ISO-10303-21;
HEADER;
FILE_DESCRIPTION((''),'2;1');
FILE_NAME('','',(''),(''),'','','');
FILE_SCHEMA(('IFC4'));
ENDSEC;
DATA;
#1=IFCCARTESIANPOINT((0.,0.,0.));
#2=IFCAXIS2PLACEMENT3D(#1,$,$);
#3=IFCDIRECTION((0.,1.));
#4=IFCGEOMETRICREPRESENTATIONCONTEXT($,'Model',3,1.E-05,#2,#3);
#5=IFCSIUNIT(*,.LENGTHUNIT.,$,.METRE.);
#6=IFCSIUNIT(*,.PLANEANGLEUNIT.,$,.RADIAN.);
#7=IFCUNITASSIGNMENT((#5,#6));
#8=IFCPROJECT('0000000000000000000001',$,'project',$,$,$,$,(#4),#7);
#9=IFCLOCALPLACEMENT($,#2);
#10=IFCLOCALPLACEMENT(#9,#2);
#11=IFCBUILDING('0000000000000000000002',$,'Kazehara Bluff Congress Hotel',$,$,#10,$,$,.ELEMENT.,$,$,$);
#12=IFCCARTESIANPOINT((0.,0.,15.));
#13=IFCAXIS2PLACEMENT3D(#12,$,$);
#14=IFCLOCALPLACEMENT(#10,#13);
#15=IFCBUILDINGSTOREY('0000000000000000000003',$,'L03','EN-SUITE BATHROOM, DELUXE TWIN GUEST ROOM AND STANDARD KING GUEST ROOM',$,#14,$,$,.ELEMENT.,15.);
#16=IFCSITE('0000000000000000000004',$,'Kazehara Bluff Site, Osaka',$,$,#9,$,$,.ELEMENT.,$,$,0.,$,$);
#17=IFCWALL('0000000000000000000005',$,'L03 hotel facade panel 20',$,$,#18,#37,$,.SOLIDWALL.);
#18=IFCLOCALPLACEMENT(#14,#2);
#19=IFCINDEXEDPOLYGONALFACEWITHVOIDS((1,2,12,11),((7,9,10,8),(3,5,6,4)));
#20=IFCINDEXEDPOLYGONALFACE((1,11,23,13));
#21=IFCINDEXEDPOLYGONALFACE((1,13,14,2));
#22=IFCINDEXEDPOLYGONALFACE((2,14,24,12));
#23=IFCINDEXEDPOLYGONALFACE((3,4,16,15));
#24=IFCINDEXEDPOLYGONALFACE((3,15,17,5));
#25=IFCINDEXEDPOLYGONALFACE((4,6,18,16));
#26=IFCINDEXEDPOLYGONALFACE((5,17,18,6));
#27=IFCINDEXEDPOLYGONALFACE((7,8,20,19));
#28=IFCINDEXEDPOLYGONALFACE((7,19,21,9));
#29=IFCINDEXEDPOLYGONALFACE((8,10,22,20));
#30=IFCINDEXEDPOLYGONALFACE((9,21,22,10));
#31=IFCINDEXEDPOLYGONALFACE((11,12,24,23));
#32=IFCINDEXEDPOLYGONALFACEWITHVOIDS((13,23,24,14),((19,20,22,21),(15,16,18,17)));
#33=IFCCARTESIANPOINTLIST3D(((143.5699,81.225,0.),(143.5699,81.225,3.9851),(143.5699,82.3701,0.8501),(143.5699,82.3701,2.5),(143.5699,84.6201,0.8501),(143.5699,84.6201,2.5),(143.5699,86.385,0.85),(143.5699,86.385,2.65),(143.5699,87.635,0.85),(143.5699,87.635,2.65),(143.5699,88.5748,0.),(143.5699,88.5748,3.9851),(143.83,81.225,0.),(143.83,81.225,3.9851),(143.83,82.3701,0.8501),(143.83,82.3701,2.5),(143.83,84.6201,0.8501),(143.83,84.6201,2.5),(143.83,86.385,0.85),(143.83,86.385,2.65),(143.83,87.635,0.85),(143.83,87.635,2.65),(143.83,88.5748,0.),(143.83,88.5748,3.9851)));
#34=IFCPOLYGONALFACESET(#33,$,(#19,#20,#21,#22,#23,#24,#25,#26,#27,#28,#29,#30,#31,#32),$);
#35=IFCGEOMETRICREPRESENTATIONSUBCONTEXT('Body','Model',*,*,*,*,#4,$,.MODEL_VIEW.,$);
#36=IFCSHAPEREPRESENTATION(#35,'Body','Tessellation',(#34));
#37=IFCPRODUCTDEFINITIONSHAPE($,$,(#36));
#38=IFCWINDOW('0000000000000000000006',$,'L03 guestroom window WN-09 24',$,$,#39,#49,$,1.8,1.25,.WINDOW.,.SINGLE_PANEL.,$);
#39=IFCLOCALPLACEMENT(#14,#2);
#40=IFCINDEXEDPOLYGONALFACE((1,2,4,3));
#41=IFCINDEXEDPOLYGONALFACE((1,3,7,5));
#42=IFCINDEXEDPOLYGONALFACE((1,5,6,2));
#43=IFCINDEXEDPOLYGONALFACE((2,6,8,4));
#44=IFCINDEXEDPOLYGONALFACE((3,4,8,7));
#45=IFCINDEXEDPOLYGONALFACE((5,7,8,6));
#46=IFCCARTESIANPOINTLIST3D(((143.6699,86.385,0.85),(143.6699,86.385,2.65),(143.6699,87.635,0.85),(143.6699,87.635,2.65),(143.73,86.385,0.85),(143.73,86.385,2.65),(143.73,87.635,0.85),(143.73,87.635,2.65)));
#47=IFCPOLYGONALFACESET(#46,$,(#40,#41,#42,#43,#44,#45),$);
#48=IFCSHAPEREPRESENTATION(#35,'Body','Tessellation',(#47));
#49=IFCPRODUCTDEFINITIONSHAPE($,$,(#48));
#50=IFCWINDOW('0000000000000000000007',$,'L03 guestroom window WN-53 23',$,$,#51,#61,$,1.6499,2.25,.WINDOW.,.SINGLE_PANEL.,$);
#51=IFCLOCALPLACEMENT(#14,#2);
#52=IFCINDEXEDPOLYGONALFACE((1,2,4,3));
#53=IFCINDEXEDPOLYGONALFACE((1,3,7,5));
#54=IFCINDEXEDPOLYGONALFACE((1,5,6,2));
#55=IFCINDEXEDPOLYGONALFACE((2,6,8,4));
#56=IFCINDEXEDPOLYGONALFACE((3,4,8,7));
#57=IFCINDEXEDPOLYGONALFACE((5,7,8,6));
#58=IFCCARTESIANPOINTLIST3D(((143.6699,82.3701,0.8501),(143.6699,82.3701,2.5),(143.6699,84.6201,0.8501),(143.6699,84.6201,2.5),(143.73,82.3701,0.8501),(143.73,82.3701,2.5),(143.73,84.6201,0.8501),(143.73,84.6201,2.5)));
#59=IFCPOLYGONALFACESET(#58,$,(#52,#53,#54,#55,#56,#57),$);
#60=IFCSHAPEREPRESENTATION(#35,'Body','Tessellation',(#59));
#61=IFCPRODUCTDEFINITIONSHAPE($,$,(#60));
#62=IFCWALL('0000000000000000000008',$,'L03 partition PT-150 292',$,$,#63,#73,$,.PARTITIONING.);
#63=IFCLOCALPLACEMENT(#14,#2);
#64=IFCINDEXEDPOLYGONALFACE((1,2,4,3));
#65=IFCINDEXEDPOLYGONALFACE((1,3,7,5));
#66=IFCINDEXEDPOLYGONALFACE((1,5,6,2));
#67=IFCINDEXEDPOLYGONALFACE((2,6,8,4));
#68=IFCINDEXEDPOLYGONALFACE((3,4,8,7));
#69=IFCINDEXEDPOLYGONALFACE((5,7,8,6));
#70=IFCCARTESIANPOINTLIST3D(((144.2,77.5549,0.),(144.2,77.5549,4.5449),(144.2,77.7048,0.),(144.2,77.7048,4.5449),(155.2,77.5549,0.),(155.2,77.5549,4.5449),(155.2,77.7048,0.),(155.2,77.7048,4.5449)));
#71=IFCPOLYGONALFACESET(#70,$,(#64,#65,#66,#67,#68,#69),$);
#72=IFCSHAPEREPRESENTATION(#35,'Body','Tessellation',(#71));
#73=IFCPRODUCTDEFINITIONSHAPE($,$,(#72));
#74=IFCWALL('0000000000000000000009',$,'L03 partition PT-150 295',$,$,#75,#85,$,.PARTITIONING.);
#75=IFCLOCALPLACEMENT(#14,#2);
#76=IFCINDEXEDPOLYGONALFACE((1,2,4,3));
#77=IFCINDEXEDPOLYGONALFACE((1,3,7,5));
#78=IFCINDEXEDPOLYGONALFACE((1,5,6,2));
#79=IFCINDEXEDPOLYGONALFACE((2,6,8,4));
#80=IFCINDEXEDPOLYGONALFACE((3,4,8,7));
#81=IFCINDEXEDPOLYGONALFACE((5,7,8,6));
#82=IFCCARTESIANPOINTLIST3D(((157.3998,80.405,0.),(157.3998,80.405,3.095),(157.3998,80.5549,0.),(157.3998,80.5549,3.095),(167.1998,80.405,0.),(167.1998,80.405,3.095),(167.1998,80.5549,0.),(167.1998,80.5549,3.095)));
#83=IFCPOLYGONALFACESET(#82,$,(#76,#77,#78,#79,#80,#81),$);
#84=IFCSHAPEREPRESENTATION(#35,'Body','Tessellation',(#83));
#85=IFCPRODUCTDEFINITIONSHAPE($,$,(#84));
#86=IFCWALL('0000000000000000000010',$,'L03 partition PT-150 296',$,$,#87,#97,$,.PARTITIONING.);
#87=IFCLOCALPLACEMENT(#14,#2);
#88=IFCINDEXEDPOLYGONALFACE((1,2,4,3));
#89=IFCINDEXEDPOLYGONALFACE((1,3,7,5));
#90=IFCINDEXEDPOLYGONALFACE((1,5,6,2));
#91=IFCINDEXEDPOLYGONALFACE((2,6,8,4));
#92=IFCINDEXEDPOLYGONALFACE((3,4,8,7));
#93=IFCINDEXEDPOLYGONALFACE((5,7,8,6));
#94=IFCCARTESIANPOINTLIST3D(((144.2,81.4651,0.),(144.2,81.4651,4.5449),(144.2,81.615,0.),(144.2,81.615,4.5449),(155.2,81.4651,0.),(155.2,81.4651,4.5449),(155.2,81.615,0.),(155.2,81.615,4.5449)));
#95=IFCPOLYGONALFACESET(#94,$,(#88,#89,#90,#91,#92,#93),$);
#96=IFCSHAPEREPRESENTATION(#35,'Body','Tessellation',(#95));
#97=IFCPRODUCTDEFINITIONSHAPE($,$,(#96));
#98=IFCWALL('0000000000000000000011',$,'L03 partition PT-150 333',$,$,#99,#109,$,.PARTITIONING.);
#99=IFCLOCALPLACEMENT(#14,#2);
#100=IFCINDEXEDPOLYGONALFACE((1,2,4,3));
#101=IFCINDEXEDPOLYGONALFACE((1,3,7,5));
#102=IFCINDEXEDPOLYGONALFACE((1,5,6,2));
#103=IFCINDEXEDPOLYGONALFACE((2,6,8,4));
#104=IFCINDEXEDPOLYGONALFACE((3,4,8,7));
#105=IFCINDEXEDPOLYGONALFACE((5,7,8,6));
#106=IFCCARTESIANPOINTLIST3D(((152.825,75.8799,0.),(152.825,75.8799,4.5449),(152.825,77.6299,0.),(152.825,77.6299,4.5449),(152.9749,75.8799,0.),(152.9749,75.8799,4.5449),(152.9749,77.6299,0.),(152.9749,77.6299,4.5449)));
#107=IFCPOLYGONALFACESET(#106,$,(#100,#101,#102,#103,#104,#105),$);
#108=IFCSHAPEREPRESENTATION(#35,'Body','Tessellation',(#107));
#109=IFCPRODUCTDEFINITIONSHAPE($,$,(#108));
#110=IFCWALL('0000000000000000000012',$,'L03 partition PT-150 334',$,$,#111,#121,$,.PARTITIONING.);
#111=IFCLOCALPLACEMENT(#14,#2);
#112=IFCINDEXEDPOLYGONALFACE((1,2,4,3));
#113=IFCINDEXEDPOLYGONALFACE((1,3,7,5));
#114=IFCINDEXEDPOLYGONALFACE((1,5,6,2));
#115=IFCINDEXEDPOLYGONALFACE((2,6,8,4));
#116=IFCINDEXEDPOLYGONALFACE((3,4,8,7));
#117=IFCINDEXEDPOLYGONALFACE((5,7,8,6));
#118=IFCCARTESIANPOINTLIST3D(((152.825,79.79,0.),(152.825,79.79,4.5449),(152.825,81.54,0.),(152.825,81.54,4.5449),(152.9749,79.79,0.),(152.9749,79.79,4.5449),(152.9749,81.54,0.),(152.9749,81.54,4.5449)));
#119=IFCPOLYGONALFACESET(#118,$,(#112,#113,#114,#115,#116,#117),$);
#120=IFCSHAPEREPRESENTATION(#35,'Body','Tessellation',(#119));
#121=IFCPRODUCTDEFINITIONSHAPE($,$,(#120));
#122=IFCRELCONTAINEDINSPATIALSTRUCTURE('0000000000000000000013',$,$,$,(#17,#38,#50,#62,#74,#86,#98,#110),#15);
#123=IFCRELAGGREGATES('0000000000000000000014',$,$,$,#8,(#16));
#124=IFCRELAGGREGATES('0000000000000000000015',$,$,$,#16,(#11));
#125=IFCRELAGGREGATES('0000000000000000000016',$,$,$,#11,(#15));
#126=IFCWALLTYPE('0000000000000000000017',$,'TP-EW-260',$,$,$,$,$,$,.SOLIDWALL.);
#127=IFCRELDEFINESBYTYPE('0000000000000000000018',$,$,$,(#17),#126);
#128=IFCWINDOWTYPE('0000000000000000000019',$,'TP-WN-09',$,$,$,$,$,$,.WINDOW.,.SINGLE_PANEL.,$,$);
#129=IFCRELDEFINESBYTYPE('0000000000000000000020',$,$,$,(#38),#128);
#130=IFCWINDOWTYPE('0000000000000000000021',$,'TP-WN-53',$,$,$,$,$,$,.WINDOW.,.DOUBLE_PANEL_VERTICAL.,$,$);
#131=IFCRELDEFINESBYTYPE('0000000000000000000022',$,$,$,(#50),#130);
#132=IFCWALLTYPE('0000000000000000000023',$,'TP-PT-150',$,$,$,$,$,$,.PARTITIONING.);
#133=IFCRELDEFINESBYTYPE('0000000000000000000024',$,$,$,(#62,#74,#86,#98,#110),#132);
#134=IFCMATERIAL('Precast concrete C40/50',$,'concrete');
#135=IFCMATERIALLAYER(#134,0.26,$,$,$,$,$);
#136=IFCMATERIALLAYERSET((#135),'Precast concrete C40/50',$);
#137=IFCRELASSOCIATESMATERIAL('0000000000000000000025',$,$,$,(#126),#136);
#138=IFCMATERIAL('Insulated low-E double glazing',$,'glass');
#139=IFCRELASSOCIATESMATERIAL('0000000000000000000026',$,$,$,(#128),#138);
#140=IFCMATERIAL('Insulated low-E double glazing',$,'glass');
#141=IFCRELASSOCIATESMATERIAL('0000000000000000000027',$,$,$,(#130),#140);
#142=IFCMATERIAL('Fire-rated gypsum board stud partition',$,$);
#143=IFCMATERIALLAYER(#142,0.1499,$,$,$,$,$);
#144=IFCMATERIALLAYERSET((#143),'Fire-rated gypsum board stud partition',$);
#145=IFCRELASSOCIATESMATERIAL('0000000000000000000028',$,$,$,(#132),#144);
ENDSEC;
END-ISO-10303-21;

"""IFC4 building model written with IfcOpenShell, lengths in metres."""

from ifc_helpers import new_model, si_unit, direction, frame, frame_2d, origin, place, context, subcontext, project, spatial, rectangle, extrude, material, layer, layer_set, type_object, element, fill, save


model = new_model("IFC4")

# Units and contexts
model_context = context("Model", 3, precision=1e-05, world=origin(), true_north=direction((0.0, 1.0)))
body_context = subcontext(model_context, "Body", "Model", "MODEL_VIEW")
ifc_project = project(units=[si_unit("LENGTHUNIT", "METRE"), si_unit("PLANEANGLEUNIT", "RADIAN")], contexts=[model_context])

# Site, building, storey
site_placement = place(None, origin())
site = spatial("IfcSite", under=ifc_project, at=site_placement, Name="Kazehara Bluff Site, Osaka", CompositionType="ELEMENT", RefElevation=0.0)
building_placement = place(site_placement, origin())
building = spatial("IfcBuilding", under=site, at=building_placement, Name="Kazehara Bluff Congress Hotel", CompositionType="ELEMENT")
storey_placement = place(building_placement, frame((0.0, 0.0, 15.0)))
storey = spatial("IfcBuildingStorey", under=building, at=storey_placement, Name="L03", Description="EN-SUITE BATHROOM, DELUXE TWIN GUEST ROOM AND STANDARD KING GUEST ROOM", CompositionType="ELEMENT", Elevation=15.0)

# Wall, openings, windows
ifc_material_1 = material(Name="Precast concrete C40/50", Category="concrete")
ifc_layer_1 = layer(ifc_material_1, 0.26)
ifc_layer_set_1 = layer_set([ifc_layer_1], Name="Precast concrete C40/50")
wall_type_1 = type_object("IfcWallType", Name="TP-EW-260", PredefinedType="SOLIDWALL", material=ifc_layer_set_1)
wall_1_placement = place(storey_placement, frame((143.7, 81.2251, 0.0), z_axis=(0.0, 0.0, 1.0), x_axis=(0.0, 1.0, 0.0)))
wall_1 = element("IfcWall", 1, at=wall_1_placement, inside=storey, type_object=wall_type_1, Name="L03 hotel facade panel 20", PredefinedType="SOLIDWALL", context=body_context, shape_type="SweptSolid", body=[
    extrude(rectangle(XDim=7.3499, YDim=0.26, at=frame_2d((3.6748, 0.0))), origin(), (0.0, 0.0, 1.0), 3.9851),
])
opening_1_placement = place(wall_1_placement, frame((1.145, 0.0, 0.8501)))
opening_1 = element("IfcOpeningElement", 2, at=opening_1_placement, cuts=wall_1, PredefinedType="OPENING", context=body_context, shape_type="SweptSolid", body=[
    extrude(rectangle(XDim=2.25, YDim=1.6499, at=frame_2d((1.125, 0.825))), frame((0.0, 0.1399, 0.0), z_axis=(0.0, -1.0, 0.0), x_axis=(1.0, 0.0, 0.0)), (0.0, 0.0, 1.0), 0.28),
])
opening_2_placement = place(wall_1_placement, frame((5.1599, 0.0, 0.8501)))
opening_2 = element("IfcOpeningElement", 3, at=opening_2_placement, cuts=wall_1, PredefinedType="OPENING", context=body_context, shape_type="SweptSolid", body=[
    extrude(rectangle(XDim=1.25, YDim=1.8, at=frame_2d((0.625, 0.8999))), frame((0.0, 0.1399, 0.0), z_axis=(0.0, -1.0, 0.0), x_axis=(1.0, 0.0, 0.0)), (0.0, 0.0, 1.0), 0.28),
])
ifc_material_2 = material(Name="Insulated low-E double glazing", Category="glass")
window_type_1 = type_object("IfcWindowType", Name="TP-WN-09", PartitioningType="SINGLE_PANEL", PredefinedType="WINDOW", material=ifc_material_2)
window_1_placement = place(opening_2_placement, origin())
window_1 = element("IfcWindow", 4, at=window_1_placement, inside=storey, type_object=window_type_1, Name="L03 guestroom window WN-09 24", OverallHeight=1.8, OverallWidth=1.25, PartitioningType="SINGLE_PANEL", PredefinedType="WINDOW", context=body_context, shape_type="SweptSolid", body=[
    extrude(rectangle(XDim=1.25, YDim=1.8, at=frame_2d((0.625, 0.8999))), frame((0.0, 0.03, 0.0), z_axis=(0.0, -1.0, 0.0), x_axis=(1.0, 0.0, 0.0)), (0.0, 0.0, 1.0), 0.0601),
])
fill(opening_2, window_1)
ifc_material_3 = material(Name="Insulated low-E double glazing", Category="glass")
window_type_2 = type_object("IfcWindowType", Name="TP-WN-53", PartitioningType="DOUBLE_PANEL_VERTICAL", PredefinedType="WINDOW", material=ifc_material_3)
window_2_placement = place(opening_1_placement, origin())
window_2 = element("IfcWindow", 5, at=window_2_placement, inside=storey, type_object=window_type_2, Name="L03 guestroom window WN-53 23", OverallHeight=1.6499, OverallWidth=2.25, PartitioningType="SINGLE_PANEL", PredefinedType="WINDOW", context=body_context, shape_type="SweptSolid", body=[
    extrude(rectangle(XDim=2.25, YDim=1.6499, at=frame_2d((1.125, 0.825))), frame((0.0, 0.03, 0.0), z_axis=(0.0, -1.0, 0.0), x_axis=(1.0, 0.0, 0.0)), (0.0, 0.0, 1.0), 0.0601),
])
fill(opening_1, window_2)

# Shared definitions
ifc_material_4 = material(Name="Fire-rated gypsum board stud partition")
ifc_layer_2 = layer(ifc_material_4, 0.1499)
ifc_layer_set_2 = layer_set([ifc_layer_2], Name="Fire-rated gypsum board stud partition")
wall_type_2 = type_object("IfcWallType", Name="TP-PT-150", PredefinedType="PARTITIONING", material=ifc_layer_set_2)

# Wall
wall_2_placement = place(storey_placement, frame((144.2, 77.6299, 0.0), z_axis=(0.0, 0.0, 1.0), x_axis=(1.0, 0.0, 0.0)))
element("IfcWall", 6, at=wall_2_placement, inside=storey, type_object=wall_type_2, Name="L03 partition PT-150 292", PredefinedType="PARTITIONING", context=body_context, shape_type="SweptSolid", body=[
    extrude(rectangle(XDim=11.0, YDim=0.1499, at=frame_2d((5.5, 0.0))), origin(), (0.0, 0.0, 1.0), 4.5449),
])

# Walls
wall_3_placement = place(storey_placement, frame((157.3999, 80.48, 0.0), z_axis=(0.0, 0.0, 1.0), x_axis=(1.0, 0.0, 0.0)))
element("IfcWall", 7, at=wall_3_placement, inside=storey, type_object=wall_type_2, Name="L03 partition PT-150 295", PredefinedType="PARTITIONING", context=body_context, shape_type="SweptSolid", body=[
    extrude(rectangle(XDim=9.8, YDim=0.1499, at=frame_2d((4.8999, 0.0))), origin(), (0.0, 0.0, 1.0), 3.095),
])
wall_4_placement = place(storey_placement, frame((144.2, 81.54, 0.0), z_axis=(0.0, 0.0, 1.0), x_axis=(1.0, 0.0, 0.0)))
element("IfcWall", 8, at=wall_4_placement, inside=storey, type_object=wall_type_2, Name="L03 partition PT-150 296", PredefinedType="PARTITIONING", context=body_context, shape_type="SweptSolid", body=[
    extrude(rectangle(XDim=11.0, YDim=0.1499, at=frame_2d((5.5, 0.0))), origin(), (0.0, 0.0, 1.0), 4.5449),
])

# Walls
for number, where, z_axis, x_axis, name in (
    (9, (152.8999, 75.8799, 0.0), (0.0, 0.0, 1.0), (0.0, 1.0, 0.0), "L03 partition PT-150 333"),
    (10, (152.8999, 79.79, 0.0), (0.0, 0.0, 1.0), (0.0, 1.0, 0.0), "L03 partition PT-150 334"),
):
    element("IfcWall", number, at=place(storey_placement, frame(where, z_axis=z_axis, x_axis=x_axis)), inside=storey, type_object=wall_type_2, Name=name, PredefinedType="PARTITIONING", context=body_context, shape_type="SweptSolid", body=[
        extrude(rectangle(XDim=1.75, YDim=0.1499, at=frame_2d((0.875, 0.0))), origin(), (0.0, 0.0, 1.0), 4.5449),
    ])

save(model, "model.ifc")
